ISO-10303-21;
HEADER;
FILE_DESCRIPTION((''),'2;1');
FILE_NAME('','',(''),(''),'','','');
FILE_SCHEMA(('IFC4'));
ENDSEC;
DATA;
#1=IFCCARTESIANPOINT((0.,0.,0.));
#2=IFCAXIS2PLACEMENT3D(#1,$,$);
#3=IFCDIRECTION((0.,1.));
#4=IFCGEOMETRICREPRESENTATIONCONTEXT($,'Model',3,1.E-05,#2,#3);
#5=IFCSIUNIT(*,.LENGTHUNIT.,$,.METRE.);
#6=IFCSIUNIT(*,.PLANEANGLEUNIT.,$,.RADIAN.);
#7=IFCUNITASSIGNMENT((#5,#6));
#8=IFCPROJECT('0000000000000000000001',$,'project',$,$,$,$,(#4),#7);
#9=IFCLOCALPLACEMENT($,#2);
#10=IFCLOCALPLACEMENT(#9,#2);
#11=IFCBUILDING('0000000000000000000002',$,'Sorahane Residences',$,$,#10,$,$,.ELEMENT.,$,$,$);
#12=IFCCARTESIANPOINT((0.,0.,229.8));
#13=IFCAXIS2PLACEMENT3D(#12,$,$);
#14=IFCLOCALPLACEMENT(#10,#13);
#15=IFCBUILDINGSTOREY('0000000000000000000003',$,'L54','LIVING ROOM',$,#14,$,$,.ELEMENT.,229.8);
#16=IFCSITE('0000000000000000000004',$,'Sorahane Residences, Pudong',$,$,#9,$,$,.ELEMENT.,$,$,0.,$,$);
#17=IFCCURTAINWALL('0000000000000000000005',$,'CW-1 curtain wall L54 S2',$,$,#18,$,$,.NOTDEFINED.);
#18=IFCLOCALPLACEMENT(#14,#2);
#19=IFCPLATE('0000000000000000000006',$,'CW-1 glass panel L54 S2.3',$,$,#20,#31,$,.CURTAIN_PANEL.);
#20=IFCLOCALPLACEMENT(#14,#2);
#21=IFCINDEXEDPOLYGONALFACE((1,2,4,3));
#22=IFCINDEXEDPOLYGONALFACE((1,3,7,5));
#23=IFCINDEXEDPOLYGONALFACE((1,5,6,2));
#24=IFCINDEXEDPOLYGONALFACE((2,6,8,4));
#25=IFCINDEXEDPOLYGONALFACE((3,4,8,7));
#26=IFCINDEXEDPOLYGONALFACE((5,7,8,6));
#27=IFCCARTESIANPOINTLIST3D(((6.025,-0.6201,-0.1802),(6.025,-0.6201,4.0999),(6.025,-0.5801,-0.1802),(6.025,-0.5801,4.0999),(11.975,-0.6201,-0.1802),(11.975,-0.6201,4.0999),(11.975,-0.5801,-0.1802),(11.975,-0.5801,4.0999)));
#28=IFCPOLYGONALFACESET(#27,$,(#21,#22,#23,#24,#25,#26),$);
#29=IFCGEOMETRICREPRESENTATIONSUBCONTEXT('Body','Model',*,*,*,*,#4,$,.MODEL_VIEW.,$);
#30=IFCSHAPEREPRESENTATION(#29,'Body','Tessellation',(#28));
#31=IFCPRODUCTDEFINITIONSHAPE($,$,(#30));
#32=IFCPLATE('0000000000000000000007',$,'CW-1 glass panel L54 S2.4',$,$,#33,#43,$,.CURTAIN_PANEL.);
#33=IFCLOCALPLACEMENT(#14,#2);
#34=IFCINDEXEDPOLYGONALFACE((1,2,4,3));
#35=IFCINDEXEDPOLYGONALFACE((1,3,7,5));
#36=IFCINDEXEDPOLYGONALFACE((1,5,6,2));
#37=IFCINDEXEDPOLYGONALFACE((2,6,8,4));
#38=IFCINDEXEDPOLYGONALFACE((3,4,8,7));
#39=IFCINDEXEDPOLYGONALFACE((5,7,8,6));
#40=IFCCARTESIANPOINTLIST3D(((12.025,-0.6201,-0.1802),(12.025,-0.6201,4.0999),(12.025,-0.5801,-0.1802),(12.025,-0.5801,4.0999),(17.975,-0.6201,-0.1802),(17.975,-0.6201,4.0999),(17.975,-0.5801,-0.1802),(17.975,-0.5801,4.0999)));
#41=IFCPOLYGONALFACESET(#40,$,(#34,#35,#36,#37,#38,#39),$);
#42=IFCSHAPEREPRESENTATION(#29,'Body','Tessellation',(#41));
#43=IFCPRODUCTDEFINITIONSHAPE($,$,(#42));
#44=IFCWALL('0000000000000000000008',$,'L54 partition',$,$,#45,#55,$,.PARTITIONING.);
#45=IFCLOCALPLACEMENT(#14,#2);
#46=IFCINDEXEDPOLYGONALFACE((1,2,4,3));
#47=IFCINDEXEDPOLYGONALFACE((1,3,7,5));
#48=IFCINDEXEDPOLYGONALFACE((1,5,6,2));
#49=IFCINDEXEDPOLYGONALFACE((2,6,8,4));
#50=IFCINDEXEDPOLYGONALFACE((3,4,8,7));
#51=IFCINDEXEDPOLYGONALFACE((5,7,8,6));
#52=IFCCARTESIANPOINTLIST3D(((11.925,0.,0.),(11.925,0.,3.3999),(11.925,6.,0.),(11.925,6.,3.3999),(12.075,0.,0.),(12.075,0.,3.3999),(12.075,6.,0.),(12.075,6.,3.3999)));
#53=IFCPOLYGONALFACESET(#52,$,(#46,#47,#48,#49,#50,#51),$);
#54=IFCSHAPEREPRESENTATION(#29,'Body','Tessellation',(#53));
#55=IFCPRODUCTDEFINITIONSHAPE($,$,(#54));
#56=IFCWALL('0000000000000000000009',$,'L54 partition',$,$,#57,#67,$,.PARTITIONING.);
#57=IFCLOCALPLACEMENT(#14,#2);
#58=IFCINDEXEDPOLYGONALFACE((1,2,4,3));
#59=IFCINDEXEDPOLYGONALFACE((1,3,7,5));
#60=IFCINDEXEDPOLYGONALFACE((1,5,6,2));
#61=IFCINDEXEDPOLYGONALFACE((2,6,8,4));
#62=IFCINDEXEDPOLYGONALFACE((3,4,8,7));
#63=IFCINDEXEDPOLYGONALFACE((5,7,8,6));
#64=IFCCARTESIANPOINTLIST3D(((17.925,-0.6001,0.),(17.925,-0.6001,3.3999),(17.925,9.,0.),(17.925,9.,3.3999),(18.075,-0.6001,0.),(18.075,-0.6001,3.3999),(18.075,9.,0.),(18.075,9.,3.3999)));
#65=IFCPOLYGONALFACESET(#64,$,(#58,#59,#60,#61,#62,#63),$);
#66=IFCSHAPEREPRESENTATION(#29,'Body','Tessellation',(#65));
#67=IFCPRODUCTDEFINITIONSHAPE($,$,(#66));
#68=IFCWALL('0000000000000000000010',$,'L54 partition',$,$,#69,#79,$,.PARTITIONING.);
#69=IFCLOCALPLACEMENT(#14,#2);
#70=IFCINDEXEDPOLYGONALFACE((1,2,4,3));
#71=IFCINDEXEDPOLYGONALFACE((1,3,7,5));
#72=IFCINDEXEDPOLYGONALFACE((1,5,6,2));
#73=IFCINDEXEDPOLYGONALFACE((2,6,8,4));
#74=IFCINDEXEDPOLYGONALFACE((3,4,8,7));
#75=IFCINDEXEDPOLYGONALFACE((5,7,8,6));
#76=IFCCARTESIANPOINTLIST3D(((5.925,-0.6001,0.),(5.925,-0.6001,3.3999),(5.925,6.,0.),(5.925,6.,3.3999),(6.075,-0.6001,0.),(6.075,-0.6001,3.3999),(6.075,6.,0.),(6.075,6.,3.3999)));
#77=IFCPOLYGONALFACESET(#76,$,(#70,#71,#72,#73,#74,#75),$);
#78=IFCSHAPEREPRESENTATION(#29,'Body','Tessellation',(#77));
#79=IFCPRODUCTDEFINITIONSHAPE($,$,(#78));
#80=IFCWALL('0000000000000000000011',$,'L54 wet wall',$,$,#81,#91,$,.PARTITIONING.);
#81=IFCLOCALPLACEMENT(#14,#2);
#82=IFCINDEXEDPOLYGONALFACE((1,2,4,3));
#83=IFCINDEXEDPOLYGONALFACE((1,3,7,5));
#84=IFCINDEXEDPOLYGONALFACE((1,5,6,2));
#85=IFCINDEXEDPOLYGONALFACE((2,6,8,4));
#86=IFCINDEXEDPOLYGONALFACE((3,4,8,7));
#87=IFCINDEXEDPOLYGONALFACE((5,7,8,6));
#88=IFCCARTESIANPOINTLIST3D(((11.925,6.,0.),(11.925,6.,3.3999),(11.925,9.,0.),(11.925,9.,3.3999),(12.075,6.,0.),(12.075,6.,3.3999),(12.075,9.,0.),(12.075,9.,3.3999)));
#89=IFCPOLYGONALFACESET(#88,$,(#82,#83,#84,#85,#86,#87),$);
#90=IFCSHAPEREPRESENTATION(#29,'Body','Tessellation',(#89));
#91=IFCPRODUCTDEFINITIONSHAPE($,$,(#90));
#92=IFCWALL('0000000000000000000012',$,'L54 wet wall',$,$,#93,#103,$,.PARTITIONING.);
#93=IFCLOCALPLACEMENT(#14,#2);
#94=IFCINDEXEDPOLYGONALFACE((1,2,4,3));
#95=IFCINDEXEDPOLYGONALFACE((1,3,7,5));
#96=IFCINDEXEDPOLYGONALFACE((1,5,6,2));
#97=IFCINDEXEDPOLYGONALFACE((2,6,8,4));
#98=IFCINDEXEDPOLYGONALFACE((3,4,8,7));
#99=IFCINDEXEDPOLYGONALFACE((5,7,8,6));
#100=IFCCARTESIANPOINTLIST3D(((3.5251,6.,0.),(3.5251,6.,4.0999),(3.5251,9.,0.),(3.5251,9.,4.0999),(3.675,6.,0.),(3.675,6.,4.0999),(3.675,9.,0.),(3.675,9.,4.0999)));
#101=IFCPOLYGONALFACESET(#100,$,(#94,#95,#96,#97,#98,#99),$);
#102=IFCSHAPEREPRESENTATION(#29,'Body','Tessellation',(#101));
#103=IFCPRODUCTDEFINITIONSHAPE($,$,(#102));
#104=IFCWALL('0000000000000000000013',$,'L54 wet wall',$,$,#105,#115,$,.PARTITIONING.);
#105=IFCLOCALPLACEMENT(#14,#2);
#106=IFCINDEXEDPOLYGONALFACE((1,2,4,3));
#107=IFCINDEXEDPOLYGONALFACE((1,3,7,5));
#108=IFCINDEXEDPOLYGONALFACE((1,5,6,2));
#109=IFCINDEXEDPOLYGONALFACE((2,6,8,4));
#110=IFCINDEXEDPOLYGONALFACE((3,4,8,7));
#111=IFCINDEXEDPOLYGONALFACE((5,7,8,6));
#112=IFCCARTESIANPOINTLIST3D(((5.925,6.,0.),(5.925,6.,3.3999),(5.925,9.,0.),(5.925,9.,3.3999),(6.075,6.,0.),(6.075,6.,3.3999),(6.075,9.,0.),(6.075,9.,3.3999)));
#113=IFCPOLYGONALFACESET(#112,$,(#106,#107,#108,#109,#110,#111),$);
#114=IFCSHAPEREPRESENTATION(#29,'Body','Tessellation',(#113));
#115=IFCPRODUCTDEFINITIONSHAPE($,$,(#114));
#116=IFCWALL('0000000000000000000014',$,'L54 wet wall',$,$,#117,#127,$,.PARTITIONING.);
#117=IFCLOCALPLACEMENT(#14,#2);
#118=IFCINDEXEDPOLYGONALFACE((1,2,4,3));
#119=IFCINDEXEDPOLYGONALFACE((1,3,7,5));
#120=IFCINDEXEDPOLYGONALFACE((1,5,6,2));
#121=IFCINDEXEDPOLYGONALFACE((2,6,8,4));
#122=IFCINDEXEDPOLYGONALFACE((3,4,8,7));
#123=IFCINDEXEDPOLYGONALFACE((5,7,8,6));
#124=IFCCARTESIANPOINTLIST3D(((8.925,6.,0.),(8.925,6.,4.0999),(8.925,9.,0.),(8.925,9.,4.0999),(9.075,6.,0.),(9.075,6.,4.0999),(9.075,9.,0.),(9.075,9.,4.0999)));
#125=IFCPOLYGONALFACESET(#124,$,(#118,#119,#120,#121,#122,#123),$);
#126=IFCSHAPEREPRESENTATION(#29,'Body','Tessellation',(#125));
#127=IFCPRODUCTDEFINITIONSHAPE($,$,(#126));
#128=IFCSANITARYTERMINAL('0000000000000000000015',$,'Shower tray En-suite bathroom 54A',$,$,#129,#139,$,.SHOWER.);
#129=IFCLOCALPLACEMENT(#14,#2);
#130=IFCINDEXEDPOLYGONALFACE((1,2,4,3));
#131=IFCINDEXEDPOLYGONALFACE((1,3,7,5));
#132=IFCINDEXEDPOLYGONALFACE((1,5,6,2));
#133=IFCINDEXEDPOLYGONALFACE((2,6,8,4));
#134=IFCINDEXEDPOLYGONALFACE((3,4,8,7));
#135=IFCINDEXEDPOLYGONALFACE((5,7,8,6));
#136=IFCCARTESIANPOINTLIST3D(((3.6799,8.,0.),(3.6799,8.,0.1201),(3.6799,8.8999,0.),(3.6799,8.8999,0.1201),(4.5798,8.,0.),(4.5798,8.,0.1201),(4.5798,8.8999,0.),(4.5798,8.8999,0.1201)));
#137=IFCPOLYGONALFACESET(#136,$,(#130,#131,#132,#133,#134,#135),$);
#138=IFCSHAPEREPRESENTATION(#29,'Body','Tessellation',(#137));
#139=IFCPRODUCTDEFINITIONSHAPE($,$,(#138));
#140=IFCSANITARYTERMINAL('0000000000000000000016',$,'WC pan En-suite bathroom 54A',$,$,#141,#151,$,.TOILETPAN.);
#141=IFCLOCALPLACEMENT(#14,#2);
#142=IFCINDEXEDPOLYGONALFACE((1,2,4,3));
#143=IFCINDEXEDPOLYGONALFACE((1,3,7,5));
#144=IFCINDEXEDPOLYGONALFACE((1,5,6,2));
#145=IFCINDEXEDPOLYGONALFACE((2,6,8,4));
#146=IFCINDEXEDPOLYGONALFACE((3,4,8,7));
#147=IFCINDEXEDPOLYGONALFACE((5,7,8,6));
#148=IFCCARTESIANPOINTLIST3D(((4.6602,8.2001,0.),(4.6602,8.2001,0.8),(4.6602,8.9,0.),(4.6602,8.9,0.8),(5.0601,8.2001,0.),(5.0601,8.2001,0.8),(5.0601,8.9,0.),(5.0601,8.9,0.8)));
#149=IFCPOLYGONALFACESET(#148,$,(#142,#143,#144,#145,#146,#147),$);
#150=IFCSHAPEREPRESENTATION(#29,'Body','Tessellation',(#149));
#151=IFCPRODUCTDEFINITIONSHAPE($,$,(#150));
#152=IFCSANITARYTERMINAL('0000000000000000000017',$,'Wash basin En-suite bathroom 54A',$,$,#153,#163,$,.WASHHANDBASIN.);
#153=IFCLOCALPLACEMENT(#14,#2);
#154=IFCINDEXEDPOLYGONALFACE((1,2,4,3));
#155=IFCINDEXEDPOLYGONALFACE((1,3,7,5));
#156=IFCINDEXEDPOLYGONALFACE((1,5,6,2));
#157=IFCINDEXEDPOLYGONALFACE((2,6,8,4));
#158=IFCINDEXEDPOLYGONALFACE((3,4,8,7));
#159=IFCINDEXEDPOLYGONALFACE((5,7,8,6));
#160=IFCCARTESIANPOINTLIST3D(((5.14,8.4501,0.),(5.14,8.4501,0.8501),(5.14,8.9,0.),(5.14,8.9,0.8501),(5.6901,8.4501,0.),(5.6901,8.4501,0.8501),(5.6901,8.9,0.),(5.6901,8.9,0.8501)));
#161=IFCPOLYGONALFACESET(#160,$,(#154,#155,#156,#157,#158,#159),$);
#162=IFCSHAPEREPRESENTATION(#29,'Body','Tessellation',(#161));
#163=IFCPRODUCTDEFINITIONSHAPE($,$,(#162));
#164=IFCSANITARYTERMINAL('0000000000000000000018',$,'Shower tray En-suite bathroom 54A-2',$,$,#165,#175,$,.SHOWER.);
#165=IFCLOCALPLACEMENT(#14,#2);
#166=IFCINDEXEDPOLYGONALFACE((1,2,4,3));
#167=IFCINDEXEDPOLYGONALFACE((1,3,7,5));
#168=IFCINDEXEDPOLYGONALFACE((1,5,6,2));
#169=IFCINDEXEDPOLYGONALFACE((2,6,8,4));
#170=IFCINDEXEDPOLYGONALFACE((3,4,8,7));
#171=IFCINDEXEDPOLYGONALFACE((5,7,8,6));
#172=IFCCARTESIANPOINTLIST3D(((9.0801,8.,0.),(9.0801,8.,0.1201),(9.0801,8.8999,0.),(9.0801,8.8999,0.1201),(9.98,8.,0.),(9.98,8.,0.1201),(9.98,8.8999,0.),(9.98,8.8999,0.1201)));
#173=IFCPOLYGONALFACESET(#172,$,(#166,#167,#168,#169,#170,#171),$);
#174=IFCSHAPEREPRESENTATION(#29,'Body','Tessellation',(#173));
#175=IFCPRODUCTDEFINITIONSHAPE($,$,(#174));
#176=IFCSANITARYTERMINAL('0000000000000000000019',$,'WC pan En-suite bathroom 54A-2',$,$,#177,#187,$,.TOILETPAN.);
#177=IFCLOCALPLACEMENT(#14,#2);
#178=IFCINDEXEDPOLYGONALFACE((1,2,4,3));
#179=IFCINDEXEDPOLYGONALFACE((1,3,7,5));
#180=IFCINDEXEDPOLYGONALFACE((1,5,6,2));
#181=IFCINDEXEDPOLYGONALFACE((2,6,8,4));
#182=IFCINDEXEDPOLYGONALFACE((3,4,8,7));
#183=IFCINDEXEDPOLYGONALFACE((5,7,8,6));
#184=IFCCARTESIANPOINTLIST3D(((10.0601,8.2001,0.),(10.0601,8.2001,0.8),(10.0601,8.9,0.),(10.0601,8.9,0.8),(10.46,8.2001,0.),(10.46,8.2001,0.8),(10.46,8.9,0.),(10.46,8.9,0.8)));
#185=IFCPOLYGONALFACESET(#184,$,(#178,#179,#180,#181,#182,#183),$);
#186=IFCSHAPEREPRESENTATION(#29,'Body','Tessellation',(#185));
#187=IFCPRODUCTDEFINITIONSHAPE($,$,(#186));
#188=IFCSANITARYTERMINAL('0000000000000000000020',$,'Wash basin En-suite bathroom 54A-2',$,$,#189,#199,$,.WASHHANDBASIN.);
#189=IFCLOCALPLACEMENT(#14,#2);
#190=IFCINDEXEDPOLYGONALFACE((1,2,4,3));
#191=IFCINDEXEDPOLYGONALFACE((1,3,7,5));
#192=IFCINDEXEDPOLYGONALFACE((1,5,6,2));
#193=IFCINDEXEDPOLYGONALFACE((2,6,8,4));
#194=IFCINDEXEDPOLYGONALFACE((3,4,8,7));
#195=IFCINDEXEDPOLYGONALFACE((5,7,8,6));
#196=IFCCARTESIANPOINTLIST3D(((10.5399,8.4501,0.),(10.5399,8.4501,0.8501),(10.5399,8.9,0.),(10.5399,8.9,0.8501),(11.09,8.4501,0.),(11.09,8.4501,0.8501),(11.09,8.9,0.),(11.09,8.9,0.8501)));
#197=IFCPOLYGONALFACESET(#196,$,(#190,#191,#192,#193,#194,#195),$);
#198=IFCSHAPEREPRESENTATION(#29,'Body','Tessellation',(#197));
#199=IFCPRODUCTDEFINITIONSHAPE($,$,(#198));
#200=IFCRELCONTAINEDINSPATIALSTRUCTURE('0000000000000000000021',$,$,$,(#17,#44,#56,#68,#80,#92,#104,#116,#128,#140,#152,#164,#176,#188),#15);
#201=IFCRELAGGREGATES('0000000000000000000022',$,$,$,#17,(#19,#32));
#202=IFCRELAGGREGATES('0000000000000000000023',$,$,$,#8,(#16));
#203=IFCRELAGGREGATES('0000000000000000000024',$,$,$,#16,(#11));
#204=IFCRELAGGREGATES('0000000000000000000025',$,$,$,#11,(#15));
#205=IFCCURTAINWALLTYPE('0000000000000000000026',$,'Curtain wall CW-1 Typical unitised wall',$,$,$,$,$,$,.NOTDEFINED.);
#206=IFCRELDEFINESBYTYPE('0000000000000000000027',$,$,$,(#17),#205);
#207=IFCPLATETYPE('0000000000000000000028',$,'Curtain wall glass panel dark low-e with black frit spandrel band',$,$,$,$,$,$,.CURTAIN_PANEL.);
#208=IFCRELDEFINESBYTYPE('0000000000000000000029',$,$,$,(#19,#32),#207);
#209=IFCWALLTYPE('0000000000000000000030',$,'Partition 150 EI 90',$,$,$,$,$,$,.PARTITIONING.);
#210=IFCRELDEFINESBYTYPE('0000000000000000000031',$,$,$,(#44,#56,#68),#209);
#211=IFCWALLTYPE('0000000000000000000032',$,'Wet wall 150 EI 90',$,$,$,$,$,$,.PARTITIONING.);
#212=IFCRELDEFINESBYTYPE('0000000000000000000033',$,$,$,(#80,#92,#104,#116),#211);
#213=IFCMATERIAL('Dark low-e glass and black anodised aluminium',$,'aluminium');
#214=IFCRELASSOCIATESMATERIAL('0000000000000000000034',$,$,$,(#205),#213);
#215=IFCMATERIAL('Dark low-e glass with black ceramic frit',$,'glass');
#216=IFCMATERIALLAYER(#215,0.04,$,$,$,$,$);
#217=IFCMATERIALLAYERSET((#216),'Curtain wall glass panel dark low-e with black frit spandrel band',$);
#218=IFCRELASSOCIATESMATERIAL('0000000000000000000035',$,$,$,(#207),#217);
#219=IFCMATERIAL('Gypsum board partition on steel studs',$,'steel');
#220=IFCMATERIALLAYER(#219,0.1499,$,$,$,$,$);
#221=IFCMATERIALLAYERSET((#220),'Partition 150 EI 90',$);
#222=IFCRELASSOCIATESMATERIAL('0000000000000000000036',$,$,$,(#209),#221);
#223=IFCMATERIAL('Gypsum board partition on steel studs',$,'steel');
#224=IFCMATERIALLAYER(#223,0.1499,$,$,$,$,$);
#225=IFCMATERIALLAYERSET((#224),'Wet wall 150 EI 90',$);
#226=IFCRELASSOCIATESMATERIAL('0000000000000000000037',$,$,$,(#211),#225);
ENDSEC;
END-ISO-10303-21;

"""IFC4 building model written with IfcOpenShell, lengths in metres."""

from ifc_helpers import new_model, si_unit, direction, frame, frame_2d, origin, origin_2d, place, context, subcontext, project, spatial, rectangle, extrude, material, layer, layer_set, type_object, element, aggregate, save


model = new_model("IFC4")

# Units and contexts
model_context = context("Model", 3, precision=1e-05, world=origin(), true_north=direction((0.0, 1.0)))
body_context = subcontext(model_context, "Body", "Model", "MODEL_VIEW")
ifc_project = project(units=[si_unit("LENGTHUNIT", "METRE"), si_unit("PLANEANGLEUNIT", "RADIAN")], contexts=[model_context])

# Site, building, storey
site_placement = place(None, origin())
site = spatial("IfcSite", under=ifc_project, at=site_placement, Name="Sorahane Residences, Pudong", CompositionType="ELEMENT", RefElevation=0.0)
building_placement = place(site_placement, origin())
building = spatial("IfcBuilding", under=site, at=building_placement, Name="Sorahane Residences", CompositionType="ELEMENT")
storey_placement = place(building_placement, frame((0.0, 0.0, 229.8)))
storey = spatial("IfcBuildingStorey", under=building, at=storey_placement, Name="L54", Description="LIVING ROOM", CompositionType="ELEMENT", Elevation=229.8)

# Curtain wall
ifc_material_1 = material(Name="Dark low-e glass and black anodised aluminium", Category="aluminium")
curtain_wall_type = type_object("IfcCurtainWallType", Name="Curtain wall CW-1 Typical unitised wall", PredefinedType="NOTDEFINED", material=ifc_material_1)
curtain_wall_placement = place(storey_placement, origin())
curtain_wall = element("IfcCurtainWall", 1, at=curtain_wall_placement, inside=storey, type_object=curtain_wall_type, Name="CW-1 curtain wall L54 S2", PredefinedType="NOTDEFINED")

# Plates
ifc_material_2 = material(Name="Dark low-e glass with black ceramic frit", Category="glass")
ifc_layer_1 = layer(ifc_material_2, 0.04)
ifc_layer_set_1 = layer_set([ifc_layer_1], Name="Curtain wall glass panel dark low-e with black frit spandrel band")
plate_type = type_object("IfcPlateType", Name="Curtain wall glass panel dark low-e with black frit spandrel band", PredefinedType="CURTAIN_PANEL", material=ifc_layer_set_1)
plate_1_placement = place(storey_placement, frame((9.0, -0.6001, -0.1802), z_axis=(0.0, 0.0, 1.0), x_axis=(1.0, 0.0, 0.0)))
plate_1 = element("IfcPlate", 2, at=plate_1_placement, type_object=plate_type, Name="CW-1 glass panel L54 S2.3", PredefinedType="CURTAIN_PANEL", context=body_context, shape_type="SweptSolid", body=[
    extrude(rectangle(XDim=5.95, YDim=0.04, at=origin_2d()), origin(), (0.0, 0.0, 1.0), 4.28),
])
plate_2_placement = place(storey_placement, frame((15.0, -0.6001, -0.1802), z_axis=(0.0, 0.0, 1.0), x_axis=(1.0, 0.0, 0.0)))
plate_2 = element("IfcPlate", 3, at=plate_2_placement, type_object=plate_type, Name="CW-1 glass panel L54 S2.4", PredefinedType="CURTAIN_PANEL", context=body_context, shape_type="SweptSolid", body=[
    extrude(rectangle(XDim=5.95, YDim=0.04, at=origin_2d()), origin(), (0.0, 0.0, 1.0), 4.28),
])
aggregate(curtain_wall, [plate_1, plate_2])

# Walls
ifc_material_3 = material(Name="Gypsum board partition on steel studs", Category="steel")
ifc_layer_2 = layer(ifc_material_3, 0.1499)
ifc_layer_set_2 = layer_set([ifc_layer_2], Name="Partition 150 EI 90")
wall_type_1 = type_object("IfcWallType", Name="Partition 150 EI 90", PredefinedType="PARTITIONING", material=ifc_layer_set_2)
wall_1_placement = place(storey_placement, frame((12.0, 0.0, 0.0), z_axis=(0.0, 0.0, 1.0), x_axis=(0.0, 1.0, 0.0)))
element("IfcWall", 4, at=wall_1_placement, inside=storey, type_object=wall_type_1, Name="L54 partition", PredefinedType="PARTITIONING", context=body_context, shape_type="SweptSolid", body=[
    extrude(rectangle(XDim=6.0, YDim=0.1499, at=frame_2d((3.0, 0.0))), origin(), (0.0, 0.0, 1.0), 3.3999),
])
wall_2_placement = place(storey_placement, frame((18.0, -0.6001, 0.0), z_axis=(0.0, 0.0, 1.0), x_axis=(0.0, 1.0, 0.0)))
element("IfcWall", 5, at=wall_2_placement, inside=storey, type_object=wall_type_1, Name="L54 partition", PredefinedType="PARTITIONING", context=body_context, shape_type="SweptSolid", body=[
    extrude(rectangle(XDim=9.6001, YDim=0.1499, at=frame_2d((4.8, 0.0))), origin(), (0.0, 0.0, 1.0), 3.3999),
])
wall_3_placement = place(storey_placement, frame((6.0, -0.6001, 0.0), z_axis=(0.0, 0.0, 1.0), x_axis=(0.0, 1.0, 0.0)))
element("IfcWall", 6, at=wall_3_placement, inside=storey, type_object=wall_type_1, Name="L54 partition", PredefinedType="PARTITIONING", context=body_context, shape_type="SweptSolid", body=[
    extrude(rectangle(XDim=6.6001, YDim=0.1499, at=frame_2d((3.3, 0.0))), origin(), (0.0, 0.0, 1.0), 3.3999),
])

# Walls
ifc_material_4 = material(Name="Gypsum board partition on steel studs", Category="steel")
ifc_layer_3 = layer(ifc_material_4, 0.1499)
ifc_layer_set_3 = layer_set([ifc_layer_3], Name="Wet wall 150 EI 90")
wall_type_2 = type_object("IfcWallType", Name="Wet wall 150 EI 90", PredefinedType="PARTITIONING", material=ifc_layer_set_3)
wall_4_placement = place(storey_placement, frame((12.0, 6.0, 0.0), z_axis=(0.0, 0.0, 1.0), x_axis=(0.0, 1.0, 0.0)))
element("IfcWall", 7, at=wall_4_placement, inside=storey, type_object=wall_type_2, Name="L54 wet wall", PredefinedType="PARTITIONING", context=body_context, shape_type="SweptSolid", body=[
    extrude(rectangle(XDim=3.0, YDim=0.1499, at=frame_2d((1.5, 0.0))), origin(), (0.0, 0.0, 1.0), 3.3999),
])
wall_5_placement = place(storey_placement, frame((3.6001, 6.0, 0.0), z_axis=(0.0, 0.0, 1.0), x_axis=(0.0, 1.0, 0.0)))
element("IfcWall", 8, at=wall_5_placement, inside=storey, type_object=wall_type_2, Name="L54 wet wall", PredefinedType="PARTITIONING", context=body_context, shape_type="SweptSolid", body=[
    extrude(rectangle(XDim=3.0, YDim=0.1499, at=frame_2d((1.5, 0.0))), origin(), (0.0, 0.0, 1.0), 4.0999),
])
wall_6_placement = place(storey_placement, frame((6.0, 6.0, 0.0), z_axis=(0.0, 0.0, 1.0), x_axis=(0.0, 1.0, 0.0)))
element("IfcWall", 9, at=wall_6_placement, inside=storey, type_object=wall_type_2, Name="L54 wet wall", PredefinedType="PARTITIONING", context=body_context, shape_type="SweptSolid", body=[
    extrude(rectangle(XDim=3.0, YDim=0.1499, at=frame_2d((1.5, 0.0))), origin(), (0.0, 0.0, 1.0), 3.3999),
])
wall_7_placement = place(storey_placement, frame((9.0, 6.0, 0.0), z_axis=(0.0, 0.0, 1.0), x_axis=(0.0, 1.0, 0.0)))
element("IfcWall", 10, at=wall_7_placement, inside=storey, type_object=wall_type_2, Name="L54 wet wall", PredefinedType="PARTITIONING", context=body_context, shape_type="SweptSolid", body=[
    extrude(rectangle(XDim=3.0, YDim=0.1499, at=frame_2d((1.5, 0.0))), origin(), (0.0, 0.0, 1.0), 4.0999),
])

# Sanitary terminals
sanitary_terminal_1_placement = place(storey_placement, frame((4.1299, 8.45, 0.0), z_axis=(0.0, 0.0, 1.0), x_axis=(1.0, 0.0, 0.0)))
element("IfcSanitaryTerminal", 11, at=sanitary_terminal_1_placement, inside=storey, Name="Shower tray En-suite bathroom 54A", PredefinedType="SHOWER", context=body_context, shape_type="SweptSolid", body=[
    extrude(rectangle(XDim=0.8999, YDim=0.8999, at=origin_2d()), origin(), (0.0, 0.0, 1.0), 0.1201),
])
sanitary_terminal_2_placement = place(storey_placement, frame((4.8601, 8.55, 0.0), z_axis=(0.0, 0.0, 1.0), x_axis=(1.0, 0.0, 0.0)))
element("IfcSanitaryTerminal", 12, at=sanitary_terminal_2_placement, inside=storey, Name="WC pan En-suite bathroom 54A", PredefinedType="TOILETPAN", context=body_context, shape_type="SweptSolid", body=[
    extrude(rectangle(XDim=0.3999, YDim=0.7, at=origin_2d()), origin(), (0.0, 0.0, 1.0), 0.8),
])
sanitary_terminal_3_placement = place(storey_placement, frame((5.415, 8.675, 0.0), z_axis=(0.0, 0.0, 1.0), x_axis=(1.0, 0.0, 0.0)))
element("IfcSanitaryTerminal", 13, at=sanitary_terminal_3_placement, inside=storey, Name="Wash basin En-suite bathroom 54A", PredefinedType="WASHHANDBASIN", context=body_context, shape_type="SweptSolid", body=[
    extrude(rectangle(XDim=0.55, YDim=0.45, at=origin_2d()), origin(), (0.0, 0.0, 1.0), 0.8501),
])
sanitary_terminal_4_placement = place(storey_placement, frame((9.53, 8.45, 0.0), z_axis=(0.0, 0.0, 1.0), x_axis=(1.0, 0.0, 0.0)))
element("IfcSanitaryTerminal", 14, at=sanitary_terminal_4_placement, inside=storey, Name="Shower tray En-suite bathroom 54A-2", PredefinedType="SHOWER", context=body_context, shape_type="SweptSolid", body=[
    extrude(rectangle(XDim=0.8999, YDim=0.8999, at=origin_2d()), origin(), (0.0, 0.0, 1.0), 0.1201),
])
sanitary_terminal_5_placement = place(storey_placement, frame((10.26, 8.55, 0.0), z_axis=(0.0, 0.0, 1.0), x_axis=(1.0, 0.0, 0.0)))
element("IfcSanitaryTerminal", 15, at=sanitary_terminal_5_placement, inside=storey, Name="WC pan En-suite bathroom 54A-2", PredefinedType="TOILETPAN", context=body_context, shape_type="SweptSolid", body=[
    extrude(rectangle(XDim=0.3999, YDim=0.7, at=origin_2d()), origin(), (0.0, 0.0, 1.0), 0.8),
])
sanitary_terminal_6_placement = place(storey_placement, frame((10.8149, 8.675, 0.0), z_axis=(0.0, 0.0, 1.0), x_axis=(1.0, 0.0, 0.0)))
element("IfcSanitaryTerminal", 16, at=sanitary_terminal_6_placement, inside=storey, Name="Wash basin En-suite bathroom 54A-2", PredefinedType="WASHHANDBASIN", context=body_context, shape_type="SweptSolid", body=[
    extrude(rectangle(XDim=0.55, YDim=0.45, at=origin_2d()), origin(), (0.0, 0.0, 1.0), 0.8501),
])

save(model, "model.ifc")
